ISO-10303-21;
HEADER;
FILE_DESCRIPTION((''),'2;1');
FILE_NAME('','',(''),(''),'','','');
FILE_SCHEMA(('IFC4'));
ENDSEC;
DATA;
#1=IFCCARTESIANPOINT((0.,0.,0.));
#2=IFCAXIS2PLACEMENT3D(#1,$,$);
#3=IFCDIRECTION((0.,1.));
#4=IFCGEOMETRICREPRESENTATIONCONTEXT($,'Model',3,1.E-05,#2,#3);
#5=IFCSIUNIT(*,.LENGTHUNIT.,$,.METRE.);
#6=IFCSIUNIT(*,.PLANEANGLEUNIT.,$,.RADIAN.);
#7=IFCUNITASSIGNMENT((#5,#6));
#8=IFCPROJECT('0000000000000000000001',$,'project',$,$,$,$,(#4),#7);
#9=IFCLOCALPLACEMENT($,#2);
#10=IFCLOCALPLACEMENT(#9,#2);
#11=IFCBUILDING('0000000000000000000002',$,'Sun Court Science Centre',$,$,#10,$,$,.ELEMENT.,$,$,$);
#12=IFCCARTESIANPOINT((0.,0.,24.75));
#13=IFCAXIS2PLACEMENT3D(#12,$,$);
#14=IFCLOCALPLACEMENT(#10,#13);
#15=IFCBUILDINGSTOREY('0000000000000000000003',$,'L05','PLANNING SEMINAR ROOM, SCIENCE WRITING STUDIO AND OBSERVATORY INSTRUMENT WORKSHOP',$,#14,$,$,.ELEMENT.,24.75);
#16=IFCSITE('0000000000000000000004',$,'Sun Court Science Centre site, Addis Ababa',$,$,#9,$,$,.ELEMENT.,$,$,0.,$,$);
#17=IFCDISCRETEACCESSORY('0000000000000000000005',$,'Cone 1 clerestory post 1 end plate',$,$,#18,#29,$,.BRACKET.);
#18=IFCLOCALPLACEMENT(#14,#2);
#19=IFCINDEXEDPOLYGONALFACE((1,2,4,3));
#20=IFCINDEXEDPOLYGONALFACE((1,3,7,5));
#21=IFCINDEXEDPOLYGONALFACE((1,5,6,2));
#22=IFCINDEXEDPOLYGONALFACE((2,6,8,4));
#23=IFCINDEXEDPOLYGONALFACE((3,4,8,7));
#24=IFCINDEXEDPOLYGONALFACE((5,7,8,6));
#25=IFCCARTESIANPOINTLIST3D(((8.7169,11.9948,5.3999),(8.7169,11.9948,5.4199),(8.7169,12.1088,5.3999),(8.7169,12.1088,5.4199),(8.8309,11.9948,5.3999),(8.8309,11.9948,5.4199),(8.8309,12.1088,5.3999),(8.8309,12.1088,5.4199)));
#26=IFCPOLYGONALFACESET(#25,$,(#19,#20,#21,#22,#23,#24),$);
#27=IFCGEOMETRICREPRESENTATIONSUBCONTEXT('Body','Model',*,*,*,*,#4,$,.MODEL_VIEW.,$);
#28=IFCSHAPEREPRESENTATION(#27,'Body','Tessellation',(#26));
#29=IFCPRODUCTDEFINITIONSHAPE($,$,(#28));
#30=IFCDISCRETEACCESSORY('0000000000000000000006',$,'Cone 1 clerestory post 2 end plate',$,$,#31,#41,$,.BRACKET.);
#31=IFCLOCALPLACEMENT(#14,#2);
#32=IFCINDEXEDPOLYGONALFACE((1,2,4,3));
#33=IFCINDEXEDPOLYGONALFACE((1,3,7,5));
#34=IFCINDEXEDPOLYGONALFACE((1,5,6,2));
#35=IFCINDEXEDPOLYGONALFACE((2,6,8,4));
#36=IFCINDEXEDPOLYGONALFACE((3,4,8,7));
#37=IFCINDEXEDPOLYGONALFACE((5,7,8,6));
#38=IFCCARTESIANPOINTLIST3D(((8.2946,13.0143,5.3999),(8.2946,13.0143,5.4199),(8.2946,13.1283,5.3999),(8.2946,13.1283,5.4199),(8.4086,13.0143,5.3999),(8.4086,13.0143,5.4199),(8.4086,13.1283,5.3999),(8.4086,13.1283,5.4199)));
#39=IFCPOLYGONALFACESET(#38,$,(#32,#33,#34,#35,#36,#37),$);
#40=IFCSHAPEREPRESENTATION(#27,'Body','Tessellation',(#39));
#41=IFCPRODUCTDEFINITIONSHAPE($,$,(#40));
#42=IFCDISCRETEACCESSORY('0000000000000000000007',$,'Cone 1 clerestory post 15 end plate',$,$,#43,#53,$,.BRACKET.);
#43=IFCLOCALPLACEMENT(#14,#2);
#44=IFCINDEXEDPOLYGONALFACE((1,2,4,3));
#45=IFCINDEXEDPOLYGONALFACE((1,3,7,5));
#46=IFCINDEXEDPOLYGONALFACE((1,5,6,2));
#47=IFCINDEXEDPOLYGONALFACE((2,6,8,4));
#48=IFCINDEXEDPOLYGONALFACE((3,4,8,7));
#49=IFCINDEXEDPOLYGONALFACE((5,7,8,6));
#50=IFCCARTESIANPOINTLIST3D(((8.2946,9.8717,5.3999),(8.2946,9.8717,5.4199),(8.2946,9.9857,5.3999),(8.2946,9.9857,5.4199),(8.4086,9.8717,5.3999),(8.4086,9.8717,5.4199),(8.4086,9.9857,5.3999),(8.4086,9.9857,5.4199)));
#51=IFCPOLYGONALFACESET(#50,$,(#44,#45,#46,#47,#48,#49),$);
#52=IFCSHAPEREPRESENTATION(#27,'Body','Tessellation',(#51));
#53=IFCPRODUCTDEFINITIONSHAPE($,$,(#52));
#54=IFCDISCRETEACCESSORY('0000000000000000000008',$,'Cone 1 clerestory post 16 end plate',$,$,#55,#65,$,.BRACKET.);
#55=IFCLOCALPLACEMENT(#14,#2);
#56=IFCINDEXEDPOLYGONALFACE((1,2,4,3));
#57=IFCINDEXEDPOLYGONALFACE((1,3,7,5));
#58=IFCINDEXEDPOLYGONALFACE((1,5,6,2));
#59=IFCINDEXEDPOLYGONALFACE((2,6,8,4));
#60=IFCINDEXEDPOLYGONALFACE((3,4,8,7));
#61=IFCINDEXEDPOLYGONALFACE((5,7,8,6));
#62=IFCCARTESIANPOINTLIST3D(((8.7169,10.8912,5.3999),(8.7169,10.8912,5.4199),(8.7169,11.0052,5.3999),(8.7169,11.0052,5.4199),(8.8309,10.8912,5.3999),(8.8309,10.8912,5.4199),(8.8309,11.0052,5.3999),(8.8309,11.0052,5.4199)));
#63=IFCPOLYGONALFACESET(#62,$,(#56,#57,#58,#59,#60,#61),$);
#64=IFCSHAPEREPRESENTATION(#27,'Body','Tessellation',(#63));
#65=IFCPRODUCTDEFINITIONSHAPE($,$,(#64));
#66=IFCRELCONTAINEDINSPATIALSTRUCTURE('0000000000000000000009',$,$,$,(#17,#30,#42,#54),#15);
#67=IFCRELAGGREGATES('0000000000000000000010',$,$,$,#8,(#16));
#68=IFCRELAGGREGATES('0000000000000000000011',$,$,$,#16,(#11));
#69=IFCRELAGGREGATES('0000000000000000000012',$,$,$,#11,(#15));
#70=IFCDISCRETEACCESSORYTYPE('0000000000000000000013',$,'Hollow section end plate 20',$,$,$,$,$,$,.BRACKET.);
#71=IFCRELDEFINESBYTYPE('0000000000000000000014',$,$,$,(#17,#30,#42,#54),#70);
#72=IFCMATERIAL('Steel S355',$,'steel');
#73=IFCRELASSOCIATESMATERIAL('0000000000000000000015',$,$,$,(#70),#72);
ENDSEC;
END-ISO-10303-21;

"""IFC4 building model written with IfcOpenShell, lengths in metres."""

from ifc_helpers import new_model, si_unit, direction, frame, origin, origin_2d, place, context, subcontext, project, spatial, rectangle, extrude, material, type_object, element, save


model = new_model("IFC4")

# Units and contexts
model_context = context("Model", 3, precision=1e-05, world=origin(), true_north=direction((0.0, 1.0)))
body_context = subcontext(model_context, "Body", "Model", "MODEL_VIEW")
ifc_project = project(units=[si_unit("LENGTHUNIT", "METRE"), si_unit("PLANEANGLEUNIT", "RADIAN")], contexts=[model_context])

# Site, building, storey
site_placement = place(None, origin())
site = spatial("IfcSite", under=ifc_project, at=site_placement, Name="Sun Court Science Centre site, Addis Ababa", CompositionType="ELEMENT", RefElevation=0.0)
building_placement = place(site_placement, origin())
building = spatial("IfcBuilding", under=site, at=building_placement, Name="Sun Court Science Centre", CompositionType="ELEMENT")
storey_placement = place(building_placement, frame((0.0, 0.0, 24.75)))
storey = spatial("IfcBuildingStorey", under=building, at=storey_placement, Name="L05", Description="PLANNING SEMINAR ROOM, SCIENCE WRITING STUDIO AND OBSERVATORY INSTRUMENT WORKSHOP", CompositionType="ELEMENT", Elevation=24.75)

# Discrete accessories
ifc_material_1 = material(Name="Steel S355", Category="steel")
discrete_accessory_type = type_object("IfcDiscreteAccessoryType", Name="Hollow section end plate 20", PredefinedType="BRACKET", material=ifc_material_1)
for number, where, z_axis, x_axis, name in (
    (1, (8.7739, 12.0518, 5.3999), (0.0, 0.0, 1.0), (1.0, 0.0, 0.0), "Cone 1 clerestory post 1 end plate"),
    (2, (8.3516, 13.0713, 5.3999), (0.0, 0.0, 1.0), (1.0, 0.0, 0.0), "Cone 1 clerestory post 2 end plate"),
    (3, (8.3516, 9.9287, 5.3999), (0.0, 0.0, 1.0), (1.0, 0.0, 0.0), "Cone 1 clerestory post 15 end plate"),
    (4, (8.7739, 10.9482, 5.3999), (0.0, 0.0, 1.0), (1.0, 0.0, 0.0), "Cone 1 clerestory post 16 end plate"),
):
    element("IfcDiscreteAccessory", number, at=place(storey_placement, frame(where, z_axis=z_axis, x_axis=x_axis)), inside=storey, type_object=discrete_accessory_type, Name=name, PredefinedType="BRACKET", context=body_context, shape_type="SweptSolid", body=[
        extrude(rectangle(XDim=0.114, YDim=0.114, at=origin_2d()), origin(), (0.0, 0.0, 1.0), 0.02),
    ])

save(model, "model.ifc")
